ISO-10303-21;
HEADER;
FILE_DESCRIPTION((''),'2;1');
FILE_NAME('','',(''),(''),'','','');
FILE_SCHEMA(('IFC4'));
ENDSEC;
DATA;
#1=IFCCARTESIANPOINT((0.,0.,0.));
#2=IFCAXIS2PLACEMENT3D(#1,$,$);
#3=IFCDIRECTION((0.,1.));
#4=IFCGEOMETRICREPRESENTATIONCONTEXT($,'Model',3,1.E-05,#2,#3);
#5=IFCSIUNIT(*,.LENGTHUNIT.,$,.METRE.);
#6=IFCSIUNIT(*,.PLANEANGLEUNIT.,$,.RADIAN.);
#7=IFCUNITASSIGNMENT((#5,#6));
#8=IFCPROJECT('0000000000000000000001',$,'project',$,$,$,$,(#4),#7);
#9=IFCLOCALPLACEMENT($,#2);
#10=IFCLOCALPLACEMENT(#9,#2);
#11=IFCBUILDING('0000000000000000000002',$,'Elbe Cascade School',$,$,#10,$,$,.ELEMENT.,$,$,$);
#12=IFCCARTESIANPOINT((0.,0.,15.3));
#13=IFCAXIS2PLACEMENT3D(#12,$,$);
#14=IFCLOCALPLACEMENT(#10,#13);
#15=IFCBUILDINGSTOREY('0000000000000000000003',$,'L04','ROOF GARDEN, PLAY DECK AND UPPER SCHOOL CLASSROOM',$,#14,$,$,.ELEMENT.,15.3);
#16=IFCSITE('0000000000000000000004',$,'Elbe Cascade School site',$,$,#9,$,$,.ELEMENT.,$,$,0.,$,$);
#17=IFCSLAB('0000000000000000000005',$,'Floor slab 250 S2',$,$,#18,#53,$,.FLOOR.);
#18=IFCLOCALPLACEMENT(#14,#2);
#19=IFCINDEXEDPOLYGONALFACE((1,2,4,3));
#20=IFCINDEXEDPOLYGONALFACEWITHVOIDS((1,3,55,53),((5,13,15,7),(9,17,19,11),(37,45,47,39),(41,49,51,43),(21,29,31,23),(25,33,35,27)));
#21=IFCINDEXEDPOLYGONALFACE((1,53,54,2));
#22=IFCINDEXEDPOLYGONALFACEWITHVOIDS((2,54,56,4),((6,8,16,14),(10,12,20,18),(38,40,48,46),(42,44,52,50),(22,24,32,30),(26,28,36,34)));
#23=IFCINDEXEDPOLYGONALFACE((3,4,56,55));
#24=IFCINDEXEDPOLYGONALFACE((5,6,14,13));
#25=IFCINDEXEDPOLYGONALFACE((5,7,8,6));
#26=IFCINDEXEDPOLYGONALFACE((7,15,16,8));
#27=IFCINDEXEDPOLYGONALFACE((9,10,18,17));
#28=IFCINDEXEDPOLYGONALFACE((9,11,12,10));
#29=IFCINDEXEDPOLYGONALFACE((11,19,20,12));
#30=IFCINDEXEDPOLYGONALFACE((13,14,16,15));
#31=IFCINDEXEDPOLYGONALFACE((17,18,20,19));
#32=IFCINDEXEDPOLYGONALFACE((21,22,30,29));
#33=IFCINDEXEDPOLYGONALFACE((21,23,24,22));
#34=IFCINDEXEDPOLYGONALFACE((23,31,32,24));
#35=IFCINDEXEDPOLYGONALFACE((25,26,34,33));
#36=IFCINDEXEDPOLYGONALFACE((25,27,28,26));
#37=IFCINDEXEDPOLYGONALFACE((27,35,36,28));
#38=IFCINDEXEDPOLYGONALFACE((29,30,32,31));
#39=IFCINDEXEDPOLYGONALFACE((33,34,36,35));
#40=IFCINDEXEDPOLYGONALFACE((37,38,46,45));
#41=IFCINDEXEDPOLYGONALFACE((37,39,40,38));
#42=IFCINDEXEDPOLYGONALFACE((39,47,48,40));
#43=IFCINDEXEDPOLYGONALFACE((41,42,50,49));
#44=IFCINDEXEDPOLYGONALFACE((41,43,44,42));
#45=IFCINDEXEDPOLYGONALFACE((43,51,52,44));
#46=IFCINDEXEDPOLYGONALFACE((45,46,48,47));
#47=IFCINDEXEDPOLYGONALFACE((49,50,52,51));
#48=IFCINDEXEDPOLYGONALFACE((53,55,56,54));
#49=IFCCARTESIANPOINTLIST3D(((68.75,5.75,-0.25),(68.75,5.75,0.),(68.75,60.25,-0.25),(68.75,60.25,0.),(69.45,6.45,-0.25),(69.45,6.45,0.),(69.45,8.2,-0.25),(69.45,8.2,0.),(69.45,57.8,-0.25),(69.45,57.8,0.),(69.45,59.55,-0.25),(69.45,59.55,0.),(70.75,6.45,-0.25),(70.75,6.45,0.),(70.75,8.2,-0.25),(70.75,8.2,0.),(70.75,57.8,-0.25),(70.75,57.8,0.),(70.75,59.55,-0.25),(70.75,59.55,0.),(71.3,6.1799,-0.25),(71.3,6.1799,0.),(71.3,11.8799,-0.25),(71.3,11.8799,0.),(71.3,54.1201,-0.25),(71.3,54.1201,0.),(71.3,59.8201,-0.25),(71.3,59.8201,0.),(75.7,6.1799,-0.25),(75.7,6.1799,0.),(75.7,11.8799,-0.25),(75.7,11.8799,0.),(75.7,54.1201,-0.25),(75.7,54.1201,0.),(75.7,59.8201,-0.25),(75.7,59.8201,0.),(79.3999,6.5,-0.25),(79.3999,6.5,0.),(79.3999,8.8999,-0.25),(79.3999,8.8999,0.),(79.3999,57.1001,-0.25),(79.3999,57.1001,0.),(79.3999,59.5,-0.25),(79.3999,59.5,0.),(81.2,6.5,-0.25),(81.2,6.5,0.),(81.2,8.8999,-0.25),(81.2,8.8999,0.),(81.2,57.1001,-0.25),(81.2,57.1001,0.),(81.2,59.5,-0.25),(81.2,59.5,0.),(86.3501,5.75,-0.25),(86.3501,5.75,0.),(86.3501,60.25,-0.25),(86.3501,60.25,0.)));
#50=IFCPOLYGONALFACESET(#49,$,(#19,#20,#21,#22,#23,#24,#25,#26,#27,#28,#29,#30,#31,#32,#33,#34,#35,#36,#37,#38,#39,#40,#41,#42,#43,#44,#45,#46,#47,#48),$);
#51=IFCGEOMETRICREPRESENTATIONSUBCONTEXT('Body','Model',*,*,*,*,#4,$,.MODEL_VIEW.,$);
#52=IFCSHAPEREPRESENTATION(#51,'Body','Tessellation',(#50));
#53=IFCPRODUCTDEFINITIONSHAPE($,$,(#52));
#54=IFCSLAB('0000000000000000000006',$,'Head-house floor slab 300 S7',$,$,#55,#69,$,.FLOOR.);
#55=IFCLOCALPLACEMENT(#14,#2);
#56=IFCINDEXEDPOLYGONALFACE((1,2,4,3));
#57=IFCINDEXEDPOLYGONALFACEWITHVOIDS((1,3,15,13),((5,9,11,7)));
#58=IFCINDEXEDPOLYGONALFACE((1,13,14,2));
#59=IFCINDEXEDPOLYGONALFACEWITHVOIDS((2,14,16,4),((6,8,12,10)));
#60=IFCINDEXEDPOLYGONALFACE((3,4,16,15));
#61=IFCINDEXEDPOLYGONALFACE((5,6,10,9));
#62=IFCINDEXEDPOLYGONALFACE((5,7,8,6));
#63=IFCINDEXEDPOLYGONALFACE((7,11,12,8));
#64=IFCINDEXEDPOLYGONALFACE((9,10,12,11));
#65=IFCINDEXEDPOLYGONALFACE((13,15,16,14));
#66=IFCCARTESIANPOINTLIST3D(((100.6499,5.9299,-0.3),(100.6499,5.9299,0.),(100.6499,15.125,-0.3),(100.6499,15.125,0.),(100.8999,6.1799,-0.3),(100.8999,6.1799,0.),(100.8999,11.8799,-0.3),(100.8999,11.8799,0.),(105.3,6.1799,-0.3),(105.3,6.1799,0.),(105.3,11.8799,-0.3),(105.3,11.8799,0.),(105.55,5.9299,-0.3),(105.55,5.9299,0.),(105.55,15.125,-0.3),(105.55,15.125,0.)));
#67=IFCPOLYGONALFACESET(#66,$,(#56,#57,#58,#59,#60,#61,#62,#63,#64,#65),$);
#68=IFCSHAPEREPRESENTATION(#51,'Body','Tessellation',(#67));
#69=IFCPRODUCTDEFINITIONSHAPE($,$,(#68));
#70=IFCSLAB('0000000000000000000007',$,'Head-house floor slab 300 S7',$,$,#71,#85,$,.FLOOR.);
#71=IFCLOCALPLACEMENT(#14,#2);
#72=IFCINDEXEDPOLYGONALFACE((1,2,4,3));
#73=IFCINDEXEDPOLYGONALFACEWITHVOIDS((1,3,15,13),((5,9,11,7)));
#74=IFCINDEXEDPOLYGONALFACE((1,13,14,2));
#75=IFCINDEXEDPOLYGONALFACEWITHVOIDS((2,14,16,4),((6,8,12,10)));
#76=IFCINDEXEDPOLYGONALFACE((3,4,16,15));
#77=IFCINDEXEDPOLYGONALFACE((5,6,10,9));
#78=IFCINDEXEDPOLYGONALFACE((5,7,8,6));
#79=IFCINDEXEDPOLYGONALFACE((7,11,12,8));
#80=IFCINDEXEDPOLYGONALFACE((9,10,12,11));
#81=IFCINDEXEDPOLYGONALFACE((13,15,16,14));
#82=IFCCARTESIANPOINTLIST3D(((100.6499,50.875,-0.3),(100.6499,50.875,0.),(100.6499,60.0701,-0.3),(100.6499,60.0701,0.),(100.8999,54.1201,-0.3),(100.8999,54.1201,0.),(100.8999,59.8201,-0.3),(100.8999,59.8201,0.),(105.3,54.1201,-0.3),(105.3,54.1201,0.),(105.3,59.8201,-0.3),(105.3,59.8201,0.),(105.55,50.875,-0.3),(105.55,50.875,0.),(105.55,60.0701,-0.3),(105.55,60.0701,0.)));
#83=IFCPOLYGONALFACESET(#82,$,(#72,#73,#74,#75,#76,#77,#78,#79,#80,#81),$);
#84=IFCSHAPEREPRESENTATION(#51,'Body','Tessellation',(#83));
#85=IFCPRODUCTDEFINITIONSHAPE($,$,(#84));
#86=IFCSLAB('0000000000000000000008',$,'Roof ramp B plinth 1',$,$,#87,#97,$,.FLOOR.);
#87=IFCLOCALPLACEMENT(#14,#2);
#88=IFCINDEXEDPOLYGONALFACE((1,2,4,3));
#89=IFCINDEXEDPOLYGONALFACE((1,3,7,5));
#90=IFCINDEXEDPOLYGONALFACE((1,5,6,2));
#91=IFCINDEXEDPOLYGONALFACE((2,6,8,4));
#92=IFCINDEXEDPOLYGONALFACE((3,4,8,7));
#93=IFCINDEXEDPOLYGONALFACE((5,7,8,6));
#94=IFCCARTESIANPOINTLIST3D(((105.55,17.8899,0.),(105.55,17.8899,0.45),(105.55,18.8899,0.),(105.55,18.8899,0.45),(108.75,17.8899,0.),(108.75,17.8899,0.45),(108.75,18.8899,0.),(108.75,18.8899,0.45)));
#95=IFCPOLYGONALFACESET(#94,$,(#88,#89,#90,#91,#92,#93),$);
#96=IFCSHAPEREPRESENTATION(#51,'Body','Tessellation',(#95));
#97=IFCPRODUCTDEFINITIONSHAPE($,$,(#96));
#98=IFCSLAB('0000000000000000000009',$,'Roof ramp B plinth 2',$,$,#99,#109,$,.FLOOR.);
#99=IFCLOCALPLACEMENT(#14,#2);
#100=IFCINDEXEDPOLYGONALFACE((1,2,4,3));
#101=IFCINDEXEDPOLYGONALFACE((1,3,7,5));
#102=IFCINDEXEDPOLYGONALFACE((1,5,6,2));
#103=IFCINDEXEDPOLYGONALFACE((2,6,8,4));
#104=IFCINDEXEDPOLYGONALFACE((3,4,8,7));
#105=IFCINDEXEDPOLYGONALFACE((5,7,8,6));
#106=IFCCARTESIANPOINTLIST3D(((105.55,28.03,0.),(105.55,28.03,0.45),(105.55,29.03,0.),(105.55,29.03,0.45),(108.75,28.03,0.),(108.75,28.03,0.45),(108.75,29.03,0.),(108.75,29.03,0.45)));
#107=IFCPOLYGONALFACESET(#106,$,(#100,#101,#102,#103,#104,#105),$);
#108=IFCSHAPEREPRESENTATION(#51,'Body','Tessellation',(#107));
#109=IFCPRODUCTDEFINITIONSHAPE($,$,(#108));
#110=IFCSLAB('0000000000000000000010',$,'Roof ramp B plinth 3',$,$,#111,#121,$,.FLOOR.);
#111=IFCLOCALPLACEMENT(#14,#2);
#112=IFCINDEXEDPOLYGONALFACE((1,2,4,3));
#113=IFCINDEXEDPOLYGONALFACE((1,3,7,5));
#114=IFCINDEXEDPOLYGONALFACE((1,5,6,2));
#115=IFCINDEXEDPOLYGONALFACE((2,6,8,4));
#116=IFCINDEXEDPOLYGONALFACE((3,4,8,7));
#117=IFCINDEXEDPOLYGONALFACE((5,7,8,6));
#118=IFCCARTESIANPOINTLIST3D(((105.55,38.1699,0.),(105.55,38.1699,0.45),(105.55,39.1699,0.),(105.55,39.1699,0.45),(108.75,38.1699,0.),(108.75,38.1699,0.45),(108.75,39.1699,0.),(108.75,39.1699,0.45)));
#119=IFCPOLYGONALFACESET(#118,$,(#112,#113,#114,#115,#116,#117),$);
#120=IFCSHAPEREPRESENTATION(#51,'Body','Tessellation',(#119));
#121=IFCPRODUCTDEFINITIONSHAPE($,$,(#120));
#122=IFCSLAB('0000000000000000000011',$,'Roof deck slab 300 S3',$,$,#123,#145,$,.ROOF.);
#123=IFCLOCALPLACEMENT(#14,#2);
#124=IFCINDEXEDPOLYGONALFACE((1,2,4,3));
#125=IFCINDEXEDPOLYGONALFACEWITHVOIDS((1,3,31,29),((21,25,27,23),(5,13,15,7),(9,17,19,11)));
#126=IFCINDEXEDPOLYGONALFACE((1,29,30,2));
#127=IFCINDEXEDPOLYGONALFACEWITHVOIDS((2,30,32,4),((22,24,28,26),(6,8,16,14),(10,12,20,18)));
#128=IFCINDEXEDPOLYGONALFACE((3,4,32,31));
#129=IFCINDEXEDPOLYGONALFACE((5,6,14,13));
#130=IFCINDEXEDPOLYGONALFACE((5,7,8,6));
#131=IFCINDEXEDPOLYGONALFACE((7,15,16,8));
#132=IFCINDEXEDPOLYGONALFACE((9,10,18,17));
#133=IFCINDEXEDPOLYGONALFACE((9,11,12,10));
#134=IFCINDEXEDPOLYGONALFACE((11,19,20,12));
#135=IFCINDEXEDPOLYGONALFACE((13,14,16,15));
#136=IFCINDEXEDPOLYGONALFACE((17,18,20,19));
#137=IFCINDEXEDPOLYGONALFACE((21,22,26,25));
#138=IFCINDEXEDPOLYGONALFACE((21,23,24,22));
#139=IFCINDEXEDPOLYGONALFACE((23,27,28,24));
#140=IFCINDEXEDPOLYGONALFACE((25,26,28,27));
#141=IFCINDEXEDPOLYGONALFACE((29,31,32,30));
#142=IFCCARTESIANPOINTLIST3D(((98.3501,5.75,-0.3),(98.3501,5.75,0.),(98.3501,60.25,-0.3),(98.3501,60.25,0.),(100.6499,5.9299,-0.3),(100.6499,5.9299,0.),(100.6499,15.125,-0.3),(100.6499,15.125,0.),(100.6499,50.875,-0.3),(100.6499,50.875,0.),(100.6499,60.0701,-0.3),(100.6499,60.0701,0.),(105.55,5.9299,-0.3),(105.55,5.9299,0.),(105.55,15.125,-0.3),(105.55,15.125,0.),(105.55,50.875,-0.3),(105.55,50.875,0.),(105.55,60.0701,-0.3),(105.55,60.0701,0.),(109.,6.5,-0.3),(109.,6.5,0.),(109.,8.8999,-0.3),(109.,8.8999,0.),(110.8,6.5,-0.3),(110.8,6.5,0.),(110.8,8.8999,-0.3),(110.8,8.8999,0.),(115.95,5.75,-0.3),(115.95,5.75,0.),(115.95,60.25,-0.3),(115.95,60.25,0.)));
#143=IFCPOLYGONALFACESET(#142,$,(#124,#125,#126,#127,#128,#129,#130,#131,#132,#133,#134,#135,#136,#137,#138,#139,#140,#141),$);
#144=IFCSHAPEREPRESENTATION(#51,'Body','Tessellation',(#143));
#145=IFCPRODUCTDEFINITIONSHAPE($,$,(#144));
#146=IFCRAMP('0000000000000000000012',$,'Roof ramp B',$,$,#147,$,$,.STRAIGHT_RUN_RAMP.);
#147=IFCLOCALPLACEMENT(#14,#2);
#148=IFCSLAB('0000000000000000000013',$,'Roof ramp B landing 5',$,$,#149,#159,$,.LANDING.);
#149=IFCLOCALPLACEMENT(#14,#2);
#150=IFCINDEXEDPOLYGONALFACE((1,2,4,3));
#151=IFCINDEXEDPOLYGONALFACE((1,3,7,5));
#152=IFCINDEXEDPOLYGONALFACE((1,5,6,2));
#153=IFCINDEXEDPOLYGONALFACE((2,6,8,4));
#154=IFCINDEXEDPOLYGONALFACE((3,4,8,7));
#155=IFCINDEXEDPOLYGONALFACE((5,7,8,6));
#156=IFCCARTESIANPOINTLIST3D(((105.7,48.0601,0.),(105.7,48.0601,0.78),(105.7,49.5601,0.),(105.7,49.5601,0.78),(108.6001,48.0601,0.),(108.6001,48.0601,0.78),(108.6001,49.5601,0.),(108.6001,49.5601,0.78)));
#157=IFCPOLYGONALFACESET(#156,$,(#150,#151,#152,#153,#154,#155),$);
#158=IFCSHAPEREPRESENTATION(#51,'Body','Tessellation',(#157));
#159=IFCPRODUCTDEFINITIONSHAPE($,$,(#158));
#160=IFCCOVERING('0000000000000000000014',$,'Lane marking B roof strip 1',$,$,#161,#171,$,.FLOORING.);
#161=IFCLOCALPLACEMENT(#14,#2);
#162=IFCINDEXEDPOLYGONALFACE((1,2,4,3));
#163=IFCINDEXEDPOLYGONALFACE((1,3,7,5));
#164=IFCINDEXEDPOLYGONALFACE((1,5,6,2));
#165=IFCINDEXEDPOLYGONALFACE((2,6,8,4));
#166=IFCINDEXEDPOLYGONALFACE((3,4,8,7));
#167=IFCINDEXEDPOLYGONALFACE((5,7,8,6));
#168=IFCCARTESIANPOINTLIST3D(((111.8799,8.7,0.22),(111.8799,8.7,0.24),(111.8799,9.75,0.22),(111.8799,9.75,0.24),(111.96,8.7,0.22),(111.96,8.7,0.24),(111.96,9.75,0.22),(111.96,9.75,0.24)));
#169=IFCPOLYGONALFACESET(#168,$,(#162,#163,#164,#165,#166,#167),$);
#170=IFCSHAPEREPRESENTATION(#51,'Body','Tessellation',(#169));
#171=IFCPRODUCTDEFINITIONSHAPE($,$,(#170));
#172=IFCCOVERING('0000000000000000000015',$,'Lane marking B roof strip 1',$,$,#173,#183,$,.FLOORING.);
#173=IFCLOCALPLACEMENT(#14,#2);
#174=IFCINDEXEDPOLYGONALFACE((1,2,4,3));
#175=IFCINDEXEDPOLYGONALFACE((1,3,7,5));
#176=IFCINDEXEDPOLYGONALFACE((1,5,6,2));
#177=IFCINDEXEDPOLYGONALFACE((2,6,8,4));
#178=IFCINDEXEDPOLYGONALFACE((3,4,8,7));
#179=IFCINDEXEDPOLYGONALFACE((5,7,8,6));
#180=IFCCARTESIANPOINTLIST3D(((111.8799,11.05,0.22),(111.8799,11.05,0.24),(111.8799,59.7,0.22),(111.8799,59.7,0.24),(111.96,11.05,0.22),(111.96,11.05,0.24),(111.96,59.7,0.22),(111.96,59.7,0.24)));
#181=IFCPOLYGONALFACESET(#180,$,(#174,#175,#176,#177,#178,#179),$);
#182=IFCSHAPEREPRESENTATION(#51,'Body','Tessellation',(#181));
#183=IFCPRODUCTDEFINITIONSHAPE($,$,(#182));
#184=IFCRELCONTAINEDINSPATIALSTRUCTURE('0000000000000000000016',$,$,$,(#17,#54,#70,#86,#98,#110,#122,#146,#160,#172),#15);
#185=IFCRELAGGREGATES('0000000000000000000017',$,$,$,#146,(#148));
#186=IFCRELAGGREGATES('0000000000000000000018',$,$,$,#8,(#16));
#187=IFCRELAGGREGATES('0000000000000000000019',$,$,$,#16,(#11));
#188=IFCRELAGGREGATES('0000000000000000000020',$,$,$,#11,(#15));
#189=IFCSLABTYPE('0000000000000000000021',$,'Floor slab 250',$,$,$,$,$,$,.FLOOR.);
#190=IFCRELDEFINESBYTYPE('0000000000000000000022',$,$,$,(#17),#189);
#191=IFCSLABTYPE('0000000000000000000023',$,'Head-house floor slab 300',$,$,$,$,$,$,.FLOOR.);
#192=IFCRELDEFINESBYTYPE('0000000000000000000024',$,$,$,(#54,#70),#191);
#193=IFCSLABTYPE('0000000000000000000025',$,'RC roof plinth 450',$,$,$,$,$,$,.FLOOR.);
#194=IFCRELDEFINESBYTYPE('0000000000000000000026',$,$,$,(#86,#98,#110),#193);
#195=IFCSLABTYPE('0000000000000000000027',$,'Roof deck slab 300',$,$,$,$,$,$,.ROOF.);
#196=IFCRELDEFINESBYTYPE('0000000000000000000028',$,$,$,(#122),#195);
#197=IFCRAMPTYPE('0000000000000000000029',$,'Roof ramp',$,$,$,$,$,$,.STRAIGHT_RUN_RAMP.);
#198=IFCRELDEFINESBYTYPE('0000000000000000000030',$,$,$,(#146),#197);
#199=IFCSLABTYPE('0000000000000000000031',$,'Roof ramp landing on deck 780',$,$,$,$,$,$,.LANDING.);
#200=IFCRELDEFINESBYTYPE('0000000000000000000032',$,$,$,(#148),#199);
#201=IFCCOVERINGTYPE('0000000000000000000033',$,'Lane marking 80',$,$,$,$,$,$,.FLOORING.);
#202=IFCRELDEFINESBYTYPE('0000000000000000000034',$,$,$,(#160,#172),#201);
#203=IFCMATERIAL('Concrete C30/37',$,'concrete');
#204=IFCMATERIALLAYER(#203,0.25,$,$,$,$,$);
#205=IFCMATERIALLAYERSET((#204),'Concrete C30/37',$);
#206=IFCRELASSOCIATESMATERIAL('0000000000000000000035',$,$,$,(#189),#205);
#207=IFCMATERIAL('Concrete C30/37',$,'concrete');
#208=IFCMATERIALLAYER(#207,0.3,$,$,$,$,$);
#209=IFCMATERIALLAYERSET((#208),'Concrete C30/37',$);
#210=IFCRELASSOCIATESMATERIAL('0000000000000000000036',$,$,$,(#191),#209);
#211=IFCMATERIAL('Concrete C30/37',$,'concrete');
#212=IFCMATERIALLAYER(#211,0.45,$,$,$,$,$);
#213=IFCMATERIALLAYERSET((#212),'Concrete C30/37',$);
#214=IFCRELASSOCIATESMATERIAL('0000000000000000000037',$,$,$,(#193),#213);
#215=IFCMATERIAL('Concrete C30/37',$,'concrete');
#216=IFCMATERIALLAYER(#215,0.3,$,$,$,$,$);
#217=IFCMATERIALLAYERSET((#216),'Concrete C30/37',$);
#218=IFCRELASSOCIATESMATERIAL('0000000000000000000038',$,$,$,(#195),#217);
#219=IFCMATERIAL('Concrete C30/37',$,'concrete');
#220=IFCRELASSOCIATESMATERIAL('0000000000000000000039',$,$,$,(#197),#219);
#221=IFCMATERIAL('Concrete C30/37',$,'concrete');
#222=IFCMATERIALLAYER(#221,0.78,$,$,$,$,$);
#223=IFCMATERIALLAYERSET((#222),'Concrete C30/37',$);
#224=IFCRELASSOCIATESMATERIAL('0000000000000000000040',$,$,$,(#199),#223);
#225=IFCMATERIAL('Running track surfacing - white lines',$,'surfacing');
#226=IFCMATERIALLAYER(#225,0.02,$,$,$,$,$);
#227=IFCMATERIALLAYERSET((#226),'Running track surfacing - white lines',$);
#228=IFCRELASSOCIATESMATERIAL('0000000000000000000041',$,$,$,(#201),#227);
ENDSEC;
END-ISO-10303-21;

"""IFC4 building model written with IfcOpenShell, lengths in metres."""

from ifc_helpers import new_model, si_unit, direction, frame, origin, place, context, subcontext, project, spatial, polyline, outline, extrude, material, layer, layer_set, type_object, element, aggregate, save


model = new_model("IFC4")

# Units and contexts
model_context = context("Model", 3, precision=1e-05, world=origin(), true_north=direction((0.0, 1.0)))
body_context = subcontext(model_context, "Body", "Model", "MODEL_VIEW")
ifc_project = project(units=[si_unit("LENGTHUNIT", "METRE"), si_unit("PLANEANGLEUNIT", "RADIAN")], contexts=[model_context])

# Site, building, storey
site_placement = place(None, origin())
site = spatial("IfcSite", under=ifc_project, at=site_placement, Name="Elbe Cascade School site", CompositionType="ELEMENT", RefElevation=0.0)
building_placement = place(site_placement, origin())
building = spatial("IfcBuilding", under=site, at=building_placement, Name="Elbe Cascade School", CompositionType="ELEMENT")
storey_placement = place(building_placement, frame((0.0, 0.0, 15.3)))
storey = spatial("IfcBuildingStorey", under=building, at=storey_placement, Name="L04", Description="ROOF GARDEN, PLAY DECK AND UPPER SCHOOL CLASSROOM", CompositionType="ELEMENT", Elevation=15.3)

# Slabs
ifc_material_1 = material(Name="Concrete C30/37", Category="concrete")
ifc_layer_1 = layer(ifc_material_1, 0.25)
ifc_layer_set_1 = layer_set([ifc_layer_1], Name="Concrete C30/37")
slab_type_1 = type_object("IfcSlabType", Name="Floor slab 250", PredefinedType="FLOOR", material=ifc_layer_set_1)
slab_1_placement = place(storey_placement, frame((0.0, 0.0, -0.25)))
element("IfcSlab", 1, at=slab_1_placement, inside=storey, type_object=slab_type_1, Name="Floor slab 250 S2", PredefinedType="FLOOR", context=body_context, shape_type="SweptSolid", body=[
    extrude(outline(polyline([(68.75, 5.75), (86.3501, 5.75), (86.3501, 60.25), (68.75, 60.25), (68.75, 5.75)]), holes=[polyline([(71.3, 6.1799), (75.7, 6.1799), (75.7, 11.8799), (71.3, 11.8799), (71.3, 6.1799)]), polyline([(79.3999, 6.5), (81.2, 6.5), (81.2, 8.8999), (79.3999, 8.8999), (79.3999, 6.5)]), polyline([(71.3, 54.1201), (75.7, 54.1201), (75.7, 59.8201), (71.3, 59.8201), (71.3, 54.1201)]), polyline([(79.3999, 57.1001), (81.2, 57.1001), (81.2, 59.5), (79.3999, 59.5), (79.3999, 57.1001)]), polyline([(69.45, 6.45), (70.75, 6.45), (70.75, 8.2), (69.45, 8.2), (69.45, 6.45)]), polyline([(69.45, 57.8), (70.75, 57.8), (70.75, 59.55), (69.45, 59.55), (69.45, 57.8)])]), origin(), (0.0, 0.0, 1.0), 0.25),
])
ifc_material_2 = material(Name="Concrete C30/37", Category="concrete")
ifc_layer_2 = layer(ifc_material_2, 0.3)
ifc_layer_set_2 = layer_set([ifc_layer_2], Name="Concrete C30/37")
slab_type_2 = type_object("IfcSlabType", Name="Head-house floor slab 300", PredefinedType="FLOOR", material=ifc_layer_set_2)
slab_2_placement = place(storey_placement, frame((0.0, 0.0, -0.3)))
element("IfcSlab", 2, at=slab_2_placement, inside=storey, type_object=slab_type_2, Name="Head-house floor slab 300 S7", PredefinedType="FLOOR", context=body_context, shape_type="SweptSolid", body=[
    extrude(outline(polyline([(100.6499, 5.9299), (105.55, 5.9299), (105.55, 15.125), (100.6499, 15.125), (100.6499, 5.9299)]), holes=[polyline([(100.8999, 6.1799), (105.3, 6.1799), (105.3, 11.8799), (100.8999, 11.8799), (100.8999, 6.1799)])]), origin(), (0.0, 0.0, 1.0), 0.3),
])
slab_3_placement = place(storey_placement, frame((0.0, 0.0, -0.3)))
element("IfcSlab", 3, at=slab_3_placement, inside=storey, type_object=slab_type_2, Name="Head-house floor slab 300 S7", PredefinedType="FLOOR", context=body_context, shape_type="SweptSolid", body=[
    extrude(outline(polyline([(100.6499, 50.875), (105.55, 50.875), (105.55, 60.0701), (100.6499, 60.0701), (100.6499, 50.875)]), holes=[polyline([(100.8999, 54.1201), (105.3, 54.1201), (105.3, 59.8201), (100.8999, 59.8201), (100.8999, 54.1201)])]), origin(), (0.0, 0.0, 1.0), 0.3),
])
ifc_material_3 = material(Name="Concrete C30/37", Category="concrete")
ifc_layer_3 = layer(ifc_material_3, 0.45)
ifc_layer_set_3 = layer_set([ifc_layer_3], Name="Concrete C30/37")
slab_type_3 = type_object("IfcSlabType", Name="RC roof plinth 450", PredefinedType="FLOOR", material=ifc_layer_set_3)
slab_4_placement = place(storey_placement, origin())
element("IfcSlab", 4, at=slab_4_placement, inside=storey, type_object=slab_type_3, Name="Roof ramp B plinth 1", PredefinedType="FLOOR", context=body_context, shape_type="SweptSolid", body=[
    extrude(outline(polyline([(105.55, 17.8899), (108.75, 17.8899), (108.75, 18.8899), (105.55, 18.8899), (105.55, 17.8899)])), origin(), (0.0, 0.0, 1.0), 0.45),
])
slab_5_placement = place(storey_placement, origin())
element("IfcSlab", 5, at=slab_5_placement, inside=storey, type_object=slab_type_3, Name="Roof ramp B plinth 2", PredefinedType="FLOOR", context=body_context, shape_type="SweptSolid", body=[
    extrude(outline(polyline([(105.55, 28.03), (108.75, 28.03), (108.75, 29.03), (105.55, 29.03), (105.55, 28.03)])), origin(), (0.0, 0.0, 1.0), 0.45),
])
slab_6_placement = place(storey_placement, origin())
element("IfcSlab", 6, at=slab_6_placement, inside=storey, type_object=slab_type_3, Name="Roof ramp B plinth 3", PredefinedType="FLOOR", context=body_context, shape_type="SweptSolid", body=[
    extrude(outline(polyline([(105.55, 38.1699), (108.75, 38.1699), (108.75, 39.1699), (105.55, 39.1699), (105.55, 38.1699)])), origin(), (0.0, 0.0, 1.0), 0.45),
])
ifc_material_4 = material(Name="Concrete C30/37", Category="concrete")
ifc_layer_4 = layer(ifc_material_4, 0.3)
ifc_layer_set_4 = layer_set([ifc_layer_4], Name="Concrete C30/37")
slab_type_4 = type_object("IfcSlabType", Name="Roof deck slab 300", PredefinedType="ROOF", material=ifc_layer_set_4)
slab_7_placement = place(storey_placement, frame((0.0, 0.0, -0.3)))
element("IfcSlab", 7, at=slab_7_placement, inside=storey, type_object=slab_type_4, Name="Roof deck slab 300 S3", PredefinedType="ROOF", context=body_context, shape_type="SweptSolid", body=[
    extrude(outline(polyline([(98.3501, 5.75), (115.95, 5.75), (115.95, 60.25), (98.3501, 60.25), (98.3501, 5.75)]), holes=[polyline([(100.6499, 5.9299), (105.55, 5.9299), (105.55, 15.125), (100.6499, 15.125), (100.6499, 5.9299)]), polyline([(109.0, 6.5), (110.8, 6.5), (110.8, 8.8999), (109.0, 8.8999), (109.0, 6.5)]), polyline([(100.6499, 50.875), (105.55, 50.875), (105.55, 60.0701), (100.6499, 60.0701), (100.6499, 50.875)])]), origin(), (0.0, 0.0, 1.0), 0.3),
])

# Ramp, slab
ifc_material_5 = material(Name="Concrete C30/37", Category="concrete")
ramp_type = type_object("IfcRampType", Name="Roof ramp", PredefinedType="STRAIGHT_RUN_RAMP", material=ifc_material_5)
ramp_placement = place(storey_placement, origin())
ramp = element("IfcRamp", 8, at=ramp_placement, inside=storey, type_object=ramp_type, Name="Roof ramp B", PredefinedType="STRAIGHT_RUN_RAMP")
ifc_material_6 = material(Name="Concrete C30/37", Category="concrete")
ifc_layer_5 = layer(ifc_material_6, 0.78)
ifc_layer_set_5 = layer_set([ifc_layer_5], Name="Concrete C30/37")
slab_type_5 = type_object("IfcSlabType", Name="Roof ramp landing on deck 780", PredefinedType="LANDING", material=ifc_layer_set_5)
slab_8_placement = place(storey_placement, origin())
slab_8 = element("IfcSlab", 9, at=slab_8_placement, type_object=slab_type_5, Name="Roof ramp B landing 5", PredefinedType="LANDING", context=body_context, shape_type="SweptSolid", body=[
    extrude(outline(polyline([(108.6001, 48.0601), (108.6001, 49.5601), (105.7, 49.5601), (105.7, 48.0601), (108.6001, 48.0601)])), origin(), (0.0, 0.0, 1.0), 0.78),
])
aggregate(ramp, [slab_8])

# Coverings
ifc_material_7 = material(Name="Running track surfacing - white lines", Category="surfacing")
ifc_layer_6 = layer(ifc_material_7, 0.02)
ifc_layer_set_6 = layer_set([ifc_layer_6], Name="Running track surfacing - white lines")
covering_type_1 = type_object("IfcCoveringType", Name="Lane marking 80", PredefinedType="FLOORING", material=ifc_layer_set_6)
covering_1_placement = place(storey_placement, frame((0.0, 0.0, 0.22)))
element("IfcCovering", 10, at=covering_1_placement, inside=storey, type_object=covering_type_1, Name="Lane marking B roof strip 1", PredefinedType="FLOORING", context=body_context, shape_type="SweptSolid", body=[
    extrude(outline(polyline([(111.96, 8.7), (111.8799, 8.7), (111.8799, 9.75), (111.96, 9.75), (111.96, 8.7)])), origin(), (0.0, 0.0, 1.0), 0.02),
])
covering_2_placement = place(storey_placement, frame((0.0, 0.0, 0.22)))
element("IfcCovering", 11, at=covering_2_placement, inside=storey, type_object=covering_type_1, Name="Lane marking B roof strip 1", PredefinedType="FLOORING", context=body_context, shape_type="SweptSolid", body=[
    extrude(outline(polyline([(111.8799, 59.7), (111.96, 59.7), (111.96, 11.05), (111.8799, 11.05), (111.8799, 59.7)])), origin(), (0.0, 0.0, 1.0), 0.02),
])

save(model, "model.ifc")
